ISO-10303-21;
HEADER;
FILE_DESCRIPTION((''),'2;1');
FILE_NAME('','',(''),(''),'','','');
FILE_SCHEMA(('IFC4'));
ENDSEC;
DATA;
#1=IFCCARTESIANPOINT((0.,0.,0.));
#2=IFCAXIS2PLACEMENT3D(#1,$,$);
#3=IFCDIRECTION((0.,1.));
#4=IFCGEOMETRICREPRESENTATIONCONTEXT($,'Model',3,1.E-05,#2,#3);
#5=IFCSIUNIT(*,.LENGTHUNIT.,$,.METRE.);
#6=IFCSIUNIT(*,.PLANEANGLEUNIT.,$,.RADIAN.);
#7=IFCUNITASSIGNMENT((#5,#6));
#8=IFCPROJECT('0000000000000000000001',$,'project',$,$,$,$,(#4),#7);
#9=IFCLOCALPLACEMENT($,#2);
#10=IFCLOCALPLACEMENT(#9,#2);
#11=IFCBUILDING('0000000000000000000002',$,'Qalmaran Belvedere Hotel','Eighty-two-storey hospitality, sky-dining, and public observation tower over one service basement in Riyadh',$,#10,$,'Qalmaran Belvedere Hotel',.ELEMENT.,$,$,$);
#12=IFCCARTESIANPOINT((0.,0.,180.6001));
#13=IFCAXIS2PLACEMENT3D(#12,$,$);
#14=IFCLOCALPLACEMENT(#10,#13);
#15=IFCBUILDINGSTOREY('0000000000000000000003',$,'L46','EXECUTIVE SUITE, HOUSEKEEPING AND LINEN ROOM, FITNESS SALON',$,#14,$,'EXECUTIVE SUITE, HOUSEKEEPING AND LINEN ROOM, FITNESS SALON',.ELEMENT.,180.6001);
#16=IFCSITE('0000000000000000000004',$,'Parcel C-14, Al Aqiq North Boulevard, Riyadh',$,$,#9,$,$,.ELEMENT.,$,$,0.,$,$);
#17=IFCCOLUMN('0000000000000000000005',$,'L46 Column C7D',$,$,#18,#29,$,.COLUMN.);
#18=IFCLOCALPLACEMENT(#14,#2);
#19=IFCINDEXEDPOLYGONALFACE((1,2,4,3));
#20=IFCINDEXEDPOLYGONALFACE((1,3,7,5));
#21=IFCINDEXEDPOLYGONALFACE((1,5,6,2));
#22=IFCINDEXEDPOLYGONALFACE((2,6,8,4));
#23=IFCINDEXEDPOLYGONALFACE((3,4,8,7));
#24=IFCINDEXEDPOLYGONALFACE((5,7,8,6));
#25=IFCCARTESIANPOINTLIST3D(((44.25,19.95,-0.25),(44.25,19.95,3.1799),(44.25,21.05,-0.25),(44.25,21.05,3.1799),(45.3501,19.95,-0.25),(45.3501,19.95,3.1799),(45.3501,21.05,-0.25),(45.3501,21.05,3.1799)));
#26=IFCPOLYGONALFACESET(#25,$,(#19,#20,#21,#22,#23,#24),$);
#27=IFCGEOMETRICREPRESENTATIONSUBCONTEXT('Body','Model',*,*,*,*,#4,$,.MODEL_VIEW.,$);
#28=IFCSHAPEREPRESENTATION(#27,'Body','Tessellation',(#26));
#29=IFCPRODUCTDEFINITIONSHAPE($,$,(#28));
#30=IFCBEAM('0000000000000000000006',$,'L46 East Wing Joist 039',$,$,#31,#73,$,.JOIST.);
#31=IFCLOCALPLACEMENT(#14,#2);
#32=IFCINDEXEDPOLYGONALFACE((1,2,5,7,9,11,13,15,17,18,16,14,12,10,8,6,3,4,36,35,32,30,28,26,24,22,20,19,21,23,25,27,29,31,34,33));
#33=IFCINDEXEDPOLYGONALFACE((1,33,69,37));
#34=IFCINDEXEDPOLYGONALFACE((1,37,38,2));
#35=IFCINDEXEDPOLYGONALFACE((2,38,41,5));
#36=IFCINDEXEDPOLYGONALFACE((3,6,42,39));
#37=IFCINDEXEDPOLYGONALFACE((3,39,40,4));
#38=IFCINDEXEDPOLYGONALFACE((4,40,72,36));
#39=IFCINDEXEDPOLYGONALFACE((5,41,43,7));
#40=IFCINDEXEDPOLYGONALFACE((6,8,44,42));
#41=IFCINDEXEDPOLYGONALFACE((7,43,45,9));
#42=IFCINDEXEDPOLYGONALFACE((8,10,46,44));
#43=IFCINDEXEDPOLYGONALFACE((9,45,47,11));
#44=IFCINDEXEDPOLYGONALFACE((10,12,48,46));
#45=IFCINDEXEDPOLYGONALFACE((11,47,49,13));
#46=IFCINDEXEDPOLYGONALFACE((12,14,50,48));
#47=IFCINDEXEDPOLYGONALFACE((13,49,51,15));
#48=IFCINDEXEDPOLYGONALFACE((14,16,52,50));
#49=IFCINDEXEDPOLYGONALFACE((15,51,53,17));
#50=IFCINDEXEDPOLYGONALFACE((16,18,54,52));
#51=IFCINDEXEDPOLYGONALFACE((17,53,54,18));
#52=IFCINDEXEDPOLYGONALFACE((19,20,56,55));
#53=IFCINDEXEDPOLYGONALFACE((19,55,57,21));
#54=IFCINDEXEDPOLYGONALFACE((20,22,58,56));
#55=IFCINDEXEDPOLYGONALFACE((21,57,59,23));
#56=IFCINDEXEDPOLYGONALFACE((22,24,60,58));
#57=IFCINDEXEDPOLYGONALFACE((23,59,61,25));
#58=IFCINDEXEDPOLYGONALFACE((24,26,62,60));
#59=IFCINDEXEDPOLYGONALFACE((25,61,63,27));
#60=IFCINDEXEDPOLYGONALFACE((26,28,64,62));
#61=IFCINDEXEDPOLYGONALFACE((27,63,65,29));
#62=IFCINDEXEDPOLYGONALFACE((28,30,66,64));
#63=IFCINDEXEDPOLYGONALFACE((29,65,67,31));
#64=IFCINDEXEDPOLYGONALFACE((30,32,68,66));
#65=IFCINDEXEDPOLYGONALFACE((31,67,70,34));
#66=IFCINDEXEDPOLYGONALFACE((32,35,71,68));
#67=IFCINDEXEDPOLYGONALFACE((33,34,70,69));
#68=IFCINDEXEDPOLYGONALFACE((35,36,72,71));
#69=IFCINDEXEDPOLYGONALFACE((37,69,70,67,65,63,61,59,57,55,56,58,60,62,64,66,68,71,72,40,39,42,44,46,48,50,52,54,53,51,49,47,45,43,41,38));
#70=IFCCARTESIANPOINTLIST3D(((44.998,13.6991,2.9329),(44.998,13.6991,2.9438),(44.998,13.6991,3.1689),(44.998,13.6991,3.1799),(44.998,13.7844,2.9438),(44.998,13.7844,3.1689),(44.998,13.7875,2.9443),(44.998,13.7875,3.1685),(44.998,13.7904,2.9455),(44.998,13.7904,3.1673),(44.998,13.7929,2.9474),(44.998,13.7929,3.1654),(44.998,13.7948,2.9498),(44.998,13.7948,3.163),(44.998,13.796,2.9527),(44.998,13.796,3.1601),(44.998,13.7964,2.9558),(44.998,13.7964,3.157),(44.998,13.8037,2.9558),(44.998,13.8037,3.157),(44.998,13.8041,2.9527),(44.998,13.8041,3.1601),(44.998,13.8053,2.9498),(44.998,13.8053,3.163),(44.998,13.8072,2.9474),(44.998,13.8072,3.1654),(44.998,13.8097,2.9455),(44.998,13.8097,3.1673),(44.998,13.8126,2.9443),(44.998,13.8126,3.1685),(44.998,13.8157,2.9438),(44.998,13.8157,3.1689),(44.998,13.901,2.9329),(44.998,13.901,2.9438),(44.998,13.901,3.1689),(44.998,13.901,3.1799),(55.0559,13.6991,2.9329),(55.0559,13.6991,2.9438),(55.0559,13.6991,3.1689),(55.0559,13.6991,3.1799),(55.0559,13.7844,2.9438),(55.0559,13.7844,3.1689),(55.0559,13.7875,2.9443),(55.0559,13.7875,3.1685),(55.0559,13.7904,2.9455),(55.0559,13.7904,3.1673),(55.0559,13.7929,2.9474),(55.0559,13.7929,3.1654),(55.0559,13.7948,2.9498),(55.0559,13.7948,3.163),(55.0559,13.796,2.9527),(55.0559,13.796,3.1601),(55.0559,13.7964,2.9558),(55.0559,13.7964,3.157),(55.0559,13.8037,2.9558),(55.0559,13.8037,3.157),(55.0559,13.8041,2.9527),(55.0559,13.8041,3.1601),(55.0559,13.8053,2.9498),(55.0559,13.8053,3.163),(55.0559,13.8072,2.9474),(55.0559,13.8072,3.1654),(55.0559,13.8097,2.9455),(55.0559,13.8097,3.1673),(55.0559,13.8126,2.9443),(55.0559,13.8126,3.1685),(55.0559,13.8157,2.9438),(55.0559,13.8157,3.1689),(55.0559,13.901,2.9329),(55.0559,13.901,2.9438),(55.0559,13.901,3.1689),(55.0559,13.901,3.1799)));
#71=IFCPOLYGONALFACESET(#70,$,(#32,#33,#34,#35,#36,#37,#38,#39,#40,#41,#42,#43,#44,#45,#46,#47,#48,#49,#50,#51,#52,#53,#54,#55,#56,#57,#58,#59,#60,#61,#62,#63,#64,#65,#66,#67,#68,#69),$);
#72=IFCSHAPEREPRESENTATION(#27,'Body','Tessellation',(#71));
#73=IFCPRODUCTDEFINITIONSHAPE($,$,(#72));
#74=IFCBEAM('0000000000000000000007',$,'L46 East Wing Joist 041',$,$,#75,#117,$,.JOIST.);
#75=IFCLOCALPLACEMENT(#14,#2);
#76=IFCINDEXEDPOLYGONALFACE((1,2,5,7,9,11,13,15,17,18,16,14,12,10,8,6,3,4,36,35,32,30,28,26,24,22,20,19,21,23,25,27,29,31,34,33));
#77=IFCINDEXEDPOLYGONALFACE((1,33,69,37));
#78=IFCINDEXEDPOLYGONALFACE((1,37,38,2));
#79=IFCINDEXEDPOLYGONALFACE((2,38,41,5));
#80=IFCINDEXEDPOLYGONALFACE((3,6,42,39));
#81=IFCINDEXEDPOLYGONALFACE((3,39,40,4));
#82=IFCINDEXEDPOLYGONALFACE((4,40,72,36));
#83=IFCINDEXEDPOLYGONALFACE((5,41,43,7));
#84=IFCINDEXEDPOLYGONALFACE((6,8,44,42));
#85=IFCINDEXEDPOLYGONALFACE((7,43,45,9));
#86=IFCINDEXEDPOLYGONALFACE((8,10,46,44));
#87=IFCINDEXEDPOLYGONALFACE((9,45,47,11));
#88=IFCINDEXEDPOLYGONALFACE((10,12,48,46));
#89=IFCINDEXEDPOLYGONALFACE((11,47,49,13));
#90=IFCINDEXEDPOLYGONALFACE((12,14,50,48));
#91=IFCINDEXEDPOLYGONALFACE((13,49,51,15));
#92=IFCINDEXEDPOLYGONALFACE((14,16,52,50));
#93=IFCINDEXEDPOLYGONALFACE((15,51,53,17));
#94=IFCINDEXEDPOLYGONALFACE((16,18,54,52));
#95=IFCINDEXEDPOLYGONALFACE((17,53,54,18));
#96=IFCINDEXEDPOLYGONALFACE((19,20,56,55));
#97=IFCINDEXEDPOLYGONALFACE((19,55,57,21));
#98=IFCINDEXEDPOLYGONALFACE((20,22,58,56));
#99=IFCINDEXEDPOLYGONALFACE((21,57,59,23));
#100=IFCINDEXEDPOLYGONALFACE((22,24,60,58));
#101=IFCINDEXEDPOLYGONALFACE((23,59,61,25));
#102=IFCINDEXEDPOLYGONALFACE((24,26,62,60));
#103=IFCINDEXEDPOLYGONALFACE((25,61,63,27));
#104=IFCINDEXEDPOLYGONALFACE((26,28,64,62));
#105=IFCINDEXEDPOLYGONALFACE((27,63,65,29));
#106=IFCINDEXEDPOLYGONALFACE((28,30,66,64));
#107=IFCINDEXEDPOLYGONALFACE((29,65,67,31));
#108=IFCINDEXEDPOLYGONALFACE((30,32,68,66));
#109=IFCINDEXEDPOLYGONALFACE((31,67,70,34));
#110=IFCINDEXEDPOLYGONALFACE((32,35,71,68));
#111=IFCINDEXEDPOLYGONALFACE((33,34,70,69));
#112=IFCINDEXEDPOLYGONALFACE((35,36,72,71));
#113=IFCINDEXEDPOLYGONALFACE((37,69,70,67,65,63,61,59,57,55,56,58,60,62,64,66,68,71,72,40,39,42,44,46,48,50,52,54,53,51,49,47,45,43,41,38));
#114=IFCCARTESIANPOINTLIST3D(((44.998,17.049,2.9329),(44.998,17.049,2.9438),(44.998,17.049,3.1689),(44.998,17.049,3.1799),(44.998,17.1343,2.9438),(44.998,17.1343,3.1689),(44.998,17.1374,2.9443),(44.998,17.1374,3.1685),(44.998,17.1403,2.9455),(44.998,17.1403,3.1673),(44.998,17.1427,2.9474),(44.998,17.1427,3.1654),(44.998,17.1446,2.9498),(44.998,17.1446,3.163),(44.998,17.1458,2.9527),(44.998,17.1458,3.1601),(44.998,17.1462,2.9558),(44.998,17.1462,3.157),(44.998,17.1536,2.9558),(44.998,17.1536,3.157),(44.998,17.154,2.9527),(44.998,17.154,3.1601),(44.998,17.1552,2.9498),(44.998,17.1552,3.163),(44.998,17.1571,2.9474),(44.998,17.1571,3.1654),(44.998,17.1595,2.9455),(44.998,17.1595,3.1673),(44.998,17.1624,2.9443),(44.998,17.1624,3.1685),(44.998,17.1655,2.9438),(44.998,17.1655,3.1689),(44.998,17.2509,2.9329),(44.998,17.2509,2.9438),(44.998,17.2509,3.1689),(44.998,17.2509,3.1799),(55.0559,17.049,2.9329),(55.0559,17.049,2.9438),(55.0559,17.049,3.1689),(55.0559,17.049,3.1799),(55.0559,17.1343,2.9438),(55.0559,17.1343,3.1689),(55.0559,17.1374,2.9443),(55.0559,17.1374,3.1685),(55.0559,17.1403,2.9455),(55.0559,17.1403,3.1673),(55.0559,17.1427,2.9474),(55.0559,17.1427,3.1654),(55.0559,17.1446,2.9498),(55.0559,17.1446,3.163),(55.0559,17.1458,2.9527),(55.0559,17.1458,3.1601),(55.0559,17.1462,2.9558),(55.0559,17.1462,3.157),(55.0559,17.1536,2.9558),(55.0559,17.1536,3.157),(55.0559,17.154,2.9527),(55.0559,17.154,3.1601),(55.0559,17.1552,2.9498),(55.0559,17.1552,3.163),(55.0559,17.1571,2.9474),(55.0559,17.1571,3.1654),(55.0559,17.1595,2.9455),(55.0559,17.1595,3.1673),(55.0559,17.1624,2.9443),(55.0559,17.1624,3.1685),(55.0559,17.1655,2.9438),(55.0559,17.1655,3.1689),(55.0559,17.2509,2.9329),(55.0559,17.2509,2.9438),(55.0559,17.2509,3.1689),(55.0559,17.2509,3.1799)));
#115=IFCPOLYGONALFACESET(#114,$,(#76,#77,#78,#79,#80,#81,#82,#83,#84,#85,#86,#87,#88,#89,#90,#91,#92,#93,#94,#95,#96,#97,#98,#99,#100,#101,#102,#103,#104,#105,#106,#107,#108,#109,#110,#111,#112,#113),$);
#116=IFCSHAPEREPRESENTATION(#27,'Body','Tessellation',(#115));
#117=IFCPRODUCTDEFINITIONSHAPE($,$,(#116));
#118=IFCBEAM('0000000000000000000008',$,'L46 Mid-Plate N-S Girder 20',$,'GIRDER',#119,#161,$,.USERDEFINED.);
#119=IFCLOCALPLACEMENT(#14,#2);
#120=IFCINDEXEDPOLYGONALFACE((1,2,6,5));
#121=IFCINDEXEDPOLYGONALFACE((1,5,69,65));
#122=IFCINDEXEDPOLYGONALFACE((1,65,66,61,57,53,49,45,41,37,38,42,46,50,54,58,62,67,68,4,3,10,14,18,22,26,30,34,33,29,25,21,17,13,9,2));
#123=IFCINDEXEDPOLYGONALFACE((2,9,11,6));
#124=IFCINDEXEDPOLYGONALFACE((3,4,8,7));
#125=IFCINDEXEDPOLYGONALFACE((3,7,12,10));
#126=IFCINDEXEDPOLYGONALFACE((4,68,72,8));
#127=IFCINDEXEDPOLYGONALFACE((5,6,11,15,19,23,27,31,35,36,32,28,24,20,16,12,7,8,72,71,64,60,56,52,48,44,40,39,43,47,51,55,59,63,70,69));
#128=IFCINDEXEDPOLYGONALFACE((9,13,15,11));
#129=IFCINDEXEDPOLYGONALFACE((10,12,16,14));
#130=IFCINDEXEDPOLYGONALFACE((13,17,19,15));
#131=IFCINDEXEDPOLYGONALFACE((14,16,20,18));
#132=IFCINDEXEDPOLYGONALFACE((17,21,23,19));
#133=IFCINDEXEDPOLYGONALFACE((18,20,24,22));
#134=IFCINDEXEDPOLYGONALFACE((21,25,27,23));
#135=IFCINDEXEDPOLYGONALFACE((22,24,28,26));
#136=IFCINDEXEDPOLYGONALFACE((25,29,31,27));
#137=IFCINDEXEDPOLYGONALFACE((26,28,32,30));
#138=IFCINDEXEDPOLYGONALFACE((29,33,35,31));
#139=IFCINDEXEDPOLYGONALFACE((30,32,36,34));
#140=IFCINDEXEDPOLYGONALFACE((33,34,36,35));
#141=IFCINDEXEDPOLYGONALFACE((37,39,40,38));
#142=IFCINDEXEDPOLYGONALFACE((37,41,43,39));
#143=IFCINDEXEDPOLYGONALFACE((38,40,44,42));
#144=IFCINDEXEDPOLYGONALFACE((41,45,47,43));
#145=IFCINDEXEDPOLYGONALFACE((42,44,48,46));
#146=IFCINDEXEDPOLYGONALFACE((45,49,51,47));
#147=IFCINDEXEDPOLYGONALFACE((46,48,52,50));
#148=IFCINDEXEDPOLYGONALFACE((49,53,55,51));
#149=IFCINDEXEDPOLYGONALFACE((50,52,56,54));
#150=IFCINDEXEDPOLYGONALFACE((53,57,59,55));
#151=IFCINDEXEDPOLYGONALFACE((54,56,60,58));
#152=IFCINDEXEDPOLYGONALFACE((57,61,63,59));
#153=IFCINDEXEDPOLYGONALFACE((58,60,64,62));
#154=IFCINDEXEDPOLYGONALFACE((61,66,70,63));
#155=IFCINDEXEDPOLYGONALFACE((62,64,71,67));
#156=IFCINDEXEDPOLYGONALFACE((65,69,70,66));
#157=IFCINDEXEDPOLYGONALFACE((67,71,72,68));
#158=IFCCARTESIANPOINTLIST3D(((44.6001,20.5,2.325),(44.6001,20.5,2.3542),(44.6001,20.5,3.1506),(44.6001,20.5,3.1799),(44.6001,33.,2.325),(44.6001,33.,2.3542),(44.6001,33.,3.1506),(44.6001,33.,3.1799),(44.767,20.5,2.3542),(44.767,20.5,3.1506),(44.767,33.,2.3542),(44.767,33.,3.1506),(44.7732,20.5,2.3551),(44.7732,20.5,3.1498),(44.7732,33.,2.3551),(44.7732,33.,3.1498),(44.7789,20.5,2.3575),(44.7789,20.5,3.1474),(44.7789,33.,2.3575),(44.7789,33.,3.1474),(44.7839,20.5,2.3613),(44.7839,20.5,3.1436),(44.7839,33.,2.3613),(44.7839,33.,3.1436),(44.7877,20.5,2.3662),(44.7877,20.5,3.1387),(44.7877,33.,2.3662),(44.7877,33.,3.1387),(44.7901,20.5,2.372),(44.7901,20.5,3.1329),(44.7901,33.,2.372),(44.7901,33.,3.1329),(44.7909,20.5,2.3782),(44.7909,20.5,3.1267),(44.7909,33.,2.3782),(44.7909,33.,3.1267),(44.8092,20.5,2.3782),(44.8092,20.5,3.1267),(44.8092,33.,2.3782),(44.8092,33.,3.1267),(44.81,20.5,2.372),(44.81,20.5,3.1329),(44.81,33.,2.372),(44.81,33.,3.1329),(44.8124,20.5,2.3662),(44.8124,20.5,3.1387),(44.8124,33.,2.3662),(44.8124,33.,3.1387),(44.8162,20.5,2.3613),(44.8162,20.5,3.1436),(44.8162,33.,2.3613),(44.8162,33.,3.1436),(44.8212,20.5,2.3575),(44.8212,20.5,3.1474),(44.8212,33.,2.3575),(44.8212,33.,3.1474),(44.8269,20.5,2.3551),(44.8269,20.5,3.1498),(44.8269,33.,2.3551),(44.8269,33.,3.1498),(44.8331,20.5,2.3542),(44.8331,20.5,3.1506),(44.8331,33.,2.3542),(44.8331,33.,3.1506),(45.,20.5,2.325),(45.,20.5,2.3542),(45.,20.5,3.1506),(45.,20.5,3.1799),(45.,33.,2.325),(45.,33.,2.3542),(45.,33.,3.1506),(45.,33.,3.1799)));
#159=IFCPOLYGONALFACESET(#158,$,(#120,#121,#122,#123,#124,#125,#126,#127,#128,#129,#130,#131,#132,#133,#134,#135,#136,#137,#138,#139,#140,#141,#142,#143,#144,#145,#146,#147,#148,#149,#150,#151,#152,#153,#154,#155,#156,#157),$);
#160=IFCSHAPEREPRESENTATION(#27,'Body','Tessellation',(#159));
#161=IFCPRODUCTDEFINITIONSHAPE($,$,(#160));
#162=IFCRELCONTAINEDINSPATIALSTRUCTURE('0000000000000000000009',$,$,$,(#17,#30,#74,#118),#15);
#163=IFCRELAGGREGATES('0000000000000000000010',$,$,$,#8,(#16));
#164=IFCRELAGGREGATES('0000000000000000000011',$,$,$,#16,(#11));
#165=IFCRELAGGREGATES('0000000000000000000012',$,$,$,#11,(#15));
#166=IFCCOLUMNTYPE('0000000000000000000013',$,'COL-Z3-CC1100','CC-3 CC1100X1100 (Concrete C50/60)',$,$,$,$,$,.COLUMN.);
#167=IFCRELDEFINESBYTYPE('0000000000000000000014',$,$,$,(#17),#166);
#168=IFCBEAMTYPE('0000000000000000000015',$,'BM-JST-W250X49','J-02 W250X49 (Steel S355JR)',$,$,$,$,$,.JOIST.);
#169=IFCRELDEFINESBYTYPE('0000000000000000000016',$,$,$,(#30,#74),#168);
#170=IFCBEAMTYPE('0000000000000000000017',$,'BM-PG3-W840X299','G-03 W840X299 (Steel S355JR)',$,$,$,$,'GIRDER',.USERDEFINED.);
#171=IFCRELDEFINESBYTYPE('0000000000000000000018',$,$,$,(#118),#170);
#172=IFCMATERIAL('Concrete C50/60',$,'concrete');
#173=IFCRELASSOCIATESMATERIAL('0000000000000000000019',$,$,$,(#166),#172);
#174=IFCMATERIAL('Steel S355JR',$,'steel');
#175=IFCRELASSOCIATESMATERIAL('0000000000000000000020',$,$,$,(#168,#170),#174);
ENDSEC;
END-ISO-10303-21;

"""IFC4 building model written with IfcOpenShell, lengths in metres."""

from ifc_helpers import new_model, si_unit, direction, frame, origin, origin_2d, place, context, subcontext, project, spatial, rectangle, i_section, extrude, material, material_profile, profile_set, type_object, element, save


model = new_model("IFC4")

# Units and contexts
model_context = context("Model", 3, precision=1e-05, world=origin(), true_north=direction((0.0, 1.0)))
body_context = subcontext(model_context, "Body", "Model", "MODEL_VIEW")
ifc_project = project(units=[si_unit("LENGTHUNIT", "METRE"), si_unit("PLANEANGLEUNIT", "RADIAN")], contexts=[model_context])

# Site, building, storey
site_placement = place(None, origin())
site = spatial("IfcSite", under=ifc_project, at=site_placement, Name="Parcel C-14, Al Aqiq North Boulevard, Riyadh", CompositionType="ELEMENT", RefElevation=0.0)
building_placement = place(site_placement, origin())
building = spatial("IfcBuilding", under=site, at=building_placement, Name="Qalmaran Belvedere Hotel", Description="Eighty-two-storey hospitality, sky-dining, and public observation tower over one service basement in Riyadh", LongName="Qalmaran Belvedere Hotel", CompositionType="ELEMENT")
storey_placement = place(building_placement, frame((0.0, 0.0, 180.6001)))
storey = spatial("IfcBuildingStorey", under=building, at=storey_placement, Name="L46", Description="EXECUTIVE SUITE, HOUSEKEEPING AND LINEN ROOM, FITNESS SALON", LongName="EXECUTIVE SUITE, HOUSEKEEPING AND LINEN ROOM, FITNESS SALON", CompositionType="ELEMENT", Elevation=180.6001)

# Column
ifc_material_1 = material(Name="Concrete C50/60", Category="concrete")
ifc_material_profile_1 = material_profile(ifc_material_1, rectangle(XDim=1.1001, YDim=1.1001, at=origin_2d()), Name="CC1100X1100")
ifc_profile_set_1 = profile_set([ifc_material_profile_1], Name="Concrete C50/60")
column_type = type_object("IfcColumnType", Name="COL-Z3-CC1100", Description="CC-3 CC1100X1100 (Concrete C50/60)", PredefinedType="COLUMN", material=ifc_profile_set_1)
column_placement = place(storey_placement, frame((44.8, 20.5, -0.25), z_axis=(0.0, 0.0, 1.0), x_axis=(1.0, 0.0, 0.0)))
element("IfcColumn", 1, at=column_placement, inside=storey, type_object=column_type, Name="L46 Column C7D", PredefinedType="COLUMN", context=body_context, shape_type="SweptSolid", body=[
    extrude(rectangle(XDim=1.1001, YDim=1.1001, at=origin_2d()), origin(), (0.0, 0.0, 1.0), 3.4299),
])

# Beams
ifc_material_2 = material(Name="Steel S355JR", Category="steel")
ifc_material_profile_2 = material_profile(ifc_material_2, i_section(OverallWidth=0.2019, OverallDepth=0.2471, WebThickness=0.0073, FlangeThickness=0.011, FilletRadius=0.012, at=origin_2d()), Name="W250X49")
ifc_profile_set_2 = profile_set([ifc_material_profile_2], Name="Steel S355JR")
beam_type_1 = type_object("IfcBeamType", Name="BM-JST-W250X49", Description="J-02 W250X49 (Steel S355JR)", PredefinedType="JOIST", material=ifc_profile_set_2)
for number, where, z_axis, x_axis, name in (
    (2, (44.998, 13.8, 3.0564), (1.0, 0.0, 0.0), (0.0, 1.0, 0.0), "L46 East Wing Joist 039"),
    (3, (44.998, 17.1499, 3.0564), (1.0, 0.0, 0.0), (0.0, 1.0, 0.0), "L46 East Wing Joist 041"),
):
    element("IfcBeam", number, at=place(storey_placement, frame(where, z_axis=z_axis, x_axis=x_axis)), inside=storey, type_object=beam_type_1, Name=name, PredefinedType="JOIST", context=body_context, shape_type="SweptSolid", body=[
        extrude(i_section(OverallWidth=0.2019, OverallDepth=0.2471, WebThickness=0.0073, FlangeThickness=0.011, FilletRadius=0.012, at=origin_2d()), origin(), (0.0, 0.0, 1.0), 10.0579),
    ])
ifc_material_profile_3 = material_profile(ifc_material_2, i_section(OverallWidth=0.3999, OverallDepth=0.855, WebThickness=0.0183, FlangeThickness=0.0293, FilletRadius=0.0239, at=origin_2d()), Name="W840X299")
ifc_profile_set_3 = profile_set([ifc_material_profile_3], Name="Steel S355JR")
beam_type_2 = type_object("IfcBeamType", Name="BM-PG3-W840X299", Description="G-03 W840X299 (Steel S355JR)", ElementType="GIRDER", PredefinedType="USERDEFINED", material=ifc_profile_set_3)
beam_1_placement = place(storey_placement, frame((44.8, 20.5, 2.7524), z_axis=(0.0, 1.0, 0.0), x_axis=(-1.0, 0.0, 0.0)))
element("IfcBeam", 4, at=beam_1_placement, inside=storey, type_object=beam_type_2, Name="L46 Mid-Plate N-S Girder 20", ObjectType="GIRDER", PredefinedType="USERDEFINED", context=body_context, shape_type="SweptSolid", body=[
    extrude(i_section(OverallWidth=0.3999, OverallDepth=0.855, WebThickness=0.0183, FlangeThickness=0.0293, FilletRadius=0.0239, at=origin_2d()), origin(), (0.0, 0.0, 1.0), 12.5),
])

save(model, "model.ifc")
